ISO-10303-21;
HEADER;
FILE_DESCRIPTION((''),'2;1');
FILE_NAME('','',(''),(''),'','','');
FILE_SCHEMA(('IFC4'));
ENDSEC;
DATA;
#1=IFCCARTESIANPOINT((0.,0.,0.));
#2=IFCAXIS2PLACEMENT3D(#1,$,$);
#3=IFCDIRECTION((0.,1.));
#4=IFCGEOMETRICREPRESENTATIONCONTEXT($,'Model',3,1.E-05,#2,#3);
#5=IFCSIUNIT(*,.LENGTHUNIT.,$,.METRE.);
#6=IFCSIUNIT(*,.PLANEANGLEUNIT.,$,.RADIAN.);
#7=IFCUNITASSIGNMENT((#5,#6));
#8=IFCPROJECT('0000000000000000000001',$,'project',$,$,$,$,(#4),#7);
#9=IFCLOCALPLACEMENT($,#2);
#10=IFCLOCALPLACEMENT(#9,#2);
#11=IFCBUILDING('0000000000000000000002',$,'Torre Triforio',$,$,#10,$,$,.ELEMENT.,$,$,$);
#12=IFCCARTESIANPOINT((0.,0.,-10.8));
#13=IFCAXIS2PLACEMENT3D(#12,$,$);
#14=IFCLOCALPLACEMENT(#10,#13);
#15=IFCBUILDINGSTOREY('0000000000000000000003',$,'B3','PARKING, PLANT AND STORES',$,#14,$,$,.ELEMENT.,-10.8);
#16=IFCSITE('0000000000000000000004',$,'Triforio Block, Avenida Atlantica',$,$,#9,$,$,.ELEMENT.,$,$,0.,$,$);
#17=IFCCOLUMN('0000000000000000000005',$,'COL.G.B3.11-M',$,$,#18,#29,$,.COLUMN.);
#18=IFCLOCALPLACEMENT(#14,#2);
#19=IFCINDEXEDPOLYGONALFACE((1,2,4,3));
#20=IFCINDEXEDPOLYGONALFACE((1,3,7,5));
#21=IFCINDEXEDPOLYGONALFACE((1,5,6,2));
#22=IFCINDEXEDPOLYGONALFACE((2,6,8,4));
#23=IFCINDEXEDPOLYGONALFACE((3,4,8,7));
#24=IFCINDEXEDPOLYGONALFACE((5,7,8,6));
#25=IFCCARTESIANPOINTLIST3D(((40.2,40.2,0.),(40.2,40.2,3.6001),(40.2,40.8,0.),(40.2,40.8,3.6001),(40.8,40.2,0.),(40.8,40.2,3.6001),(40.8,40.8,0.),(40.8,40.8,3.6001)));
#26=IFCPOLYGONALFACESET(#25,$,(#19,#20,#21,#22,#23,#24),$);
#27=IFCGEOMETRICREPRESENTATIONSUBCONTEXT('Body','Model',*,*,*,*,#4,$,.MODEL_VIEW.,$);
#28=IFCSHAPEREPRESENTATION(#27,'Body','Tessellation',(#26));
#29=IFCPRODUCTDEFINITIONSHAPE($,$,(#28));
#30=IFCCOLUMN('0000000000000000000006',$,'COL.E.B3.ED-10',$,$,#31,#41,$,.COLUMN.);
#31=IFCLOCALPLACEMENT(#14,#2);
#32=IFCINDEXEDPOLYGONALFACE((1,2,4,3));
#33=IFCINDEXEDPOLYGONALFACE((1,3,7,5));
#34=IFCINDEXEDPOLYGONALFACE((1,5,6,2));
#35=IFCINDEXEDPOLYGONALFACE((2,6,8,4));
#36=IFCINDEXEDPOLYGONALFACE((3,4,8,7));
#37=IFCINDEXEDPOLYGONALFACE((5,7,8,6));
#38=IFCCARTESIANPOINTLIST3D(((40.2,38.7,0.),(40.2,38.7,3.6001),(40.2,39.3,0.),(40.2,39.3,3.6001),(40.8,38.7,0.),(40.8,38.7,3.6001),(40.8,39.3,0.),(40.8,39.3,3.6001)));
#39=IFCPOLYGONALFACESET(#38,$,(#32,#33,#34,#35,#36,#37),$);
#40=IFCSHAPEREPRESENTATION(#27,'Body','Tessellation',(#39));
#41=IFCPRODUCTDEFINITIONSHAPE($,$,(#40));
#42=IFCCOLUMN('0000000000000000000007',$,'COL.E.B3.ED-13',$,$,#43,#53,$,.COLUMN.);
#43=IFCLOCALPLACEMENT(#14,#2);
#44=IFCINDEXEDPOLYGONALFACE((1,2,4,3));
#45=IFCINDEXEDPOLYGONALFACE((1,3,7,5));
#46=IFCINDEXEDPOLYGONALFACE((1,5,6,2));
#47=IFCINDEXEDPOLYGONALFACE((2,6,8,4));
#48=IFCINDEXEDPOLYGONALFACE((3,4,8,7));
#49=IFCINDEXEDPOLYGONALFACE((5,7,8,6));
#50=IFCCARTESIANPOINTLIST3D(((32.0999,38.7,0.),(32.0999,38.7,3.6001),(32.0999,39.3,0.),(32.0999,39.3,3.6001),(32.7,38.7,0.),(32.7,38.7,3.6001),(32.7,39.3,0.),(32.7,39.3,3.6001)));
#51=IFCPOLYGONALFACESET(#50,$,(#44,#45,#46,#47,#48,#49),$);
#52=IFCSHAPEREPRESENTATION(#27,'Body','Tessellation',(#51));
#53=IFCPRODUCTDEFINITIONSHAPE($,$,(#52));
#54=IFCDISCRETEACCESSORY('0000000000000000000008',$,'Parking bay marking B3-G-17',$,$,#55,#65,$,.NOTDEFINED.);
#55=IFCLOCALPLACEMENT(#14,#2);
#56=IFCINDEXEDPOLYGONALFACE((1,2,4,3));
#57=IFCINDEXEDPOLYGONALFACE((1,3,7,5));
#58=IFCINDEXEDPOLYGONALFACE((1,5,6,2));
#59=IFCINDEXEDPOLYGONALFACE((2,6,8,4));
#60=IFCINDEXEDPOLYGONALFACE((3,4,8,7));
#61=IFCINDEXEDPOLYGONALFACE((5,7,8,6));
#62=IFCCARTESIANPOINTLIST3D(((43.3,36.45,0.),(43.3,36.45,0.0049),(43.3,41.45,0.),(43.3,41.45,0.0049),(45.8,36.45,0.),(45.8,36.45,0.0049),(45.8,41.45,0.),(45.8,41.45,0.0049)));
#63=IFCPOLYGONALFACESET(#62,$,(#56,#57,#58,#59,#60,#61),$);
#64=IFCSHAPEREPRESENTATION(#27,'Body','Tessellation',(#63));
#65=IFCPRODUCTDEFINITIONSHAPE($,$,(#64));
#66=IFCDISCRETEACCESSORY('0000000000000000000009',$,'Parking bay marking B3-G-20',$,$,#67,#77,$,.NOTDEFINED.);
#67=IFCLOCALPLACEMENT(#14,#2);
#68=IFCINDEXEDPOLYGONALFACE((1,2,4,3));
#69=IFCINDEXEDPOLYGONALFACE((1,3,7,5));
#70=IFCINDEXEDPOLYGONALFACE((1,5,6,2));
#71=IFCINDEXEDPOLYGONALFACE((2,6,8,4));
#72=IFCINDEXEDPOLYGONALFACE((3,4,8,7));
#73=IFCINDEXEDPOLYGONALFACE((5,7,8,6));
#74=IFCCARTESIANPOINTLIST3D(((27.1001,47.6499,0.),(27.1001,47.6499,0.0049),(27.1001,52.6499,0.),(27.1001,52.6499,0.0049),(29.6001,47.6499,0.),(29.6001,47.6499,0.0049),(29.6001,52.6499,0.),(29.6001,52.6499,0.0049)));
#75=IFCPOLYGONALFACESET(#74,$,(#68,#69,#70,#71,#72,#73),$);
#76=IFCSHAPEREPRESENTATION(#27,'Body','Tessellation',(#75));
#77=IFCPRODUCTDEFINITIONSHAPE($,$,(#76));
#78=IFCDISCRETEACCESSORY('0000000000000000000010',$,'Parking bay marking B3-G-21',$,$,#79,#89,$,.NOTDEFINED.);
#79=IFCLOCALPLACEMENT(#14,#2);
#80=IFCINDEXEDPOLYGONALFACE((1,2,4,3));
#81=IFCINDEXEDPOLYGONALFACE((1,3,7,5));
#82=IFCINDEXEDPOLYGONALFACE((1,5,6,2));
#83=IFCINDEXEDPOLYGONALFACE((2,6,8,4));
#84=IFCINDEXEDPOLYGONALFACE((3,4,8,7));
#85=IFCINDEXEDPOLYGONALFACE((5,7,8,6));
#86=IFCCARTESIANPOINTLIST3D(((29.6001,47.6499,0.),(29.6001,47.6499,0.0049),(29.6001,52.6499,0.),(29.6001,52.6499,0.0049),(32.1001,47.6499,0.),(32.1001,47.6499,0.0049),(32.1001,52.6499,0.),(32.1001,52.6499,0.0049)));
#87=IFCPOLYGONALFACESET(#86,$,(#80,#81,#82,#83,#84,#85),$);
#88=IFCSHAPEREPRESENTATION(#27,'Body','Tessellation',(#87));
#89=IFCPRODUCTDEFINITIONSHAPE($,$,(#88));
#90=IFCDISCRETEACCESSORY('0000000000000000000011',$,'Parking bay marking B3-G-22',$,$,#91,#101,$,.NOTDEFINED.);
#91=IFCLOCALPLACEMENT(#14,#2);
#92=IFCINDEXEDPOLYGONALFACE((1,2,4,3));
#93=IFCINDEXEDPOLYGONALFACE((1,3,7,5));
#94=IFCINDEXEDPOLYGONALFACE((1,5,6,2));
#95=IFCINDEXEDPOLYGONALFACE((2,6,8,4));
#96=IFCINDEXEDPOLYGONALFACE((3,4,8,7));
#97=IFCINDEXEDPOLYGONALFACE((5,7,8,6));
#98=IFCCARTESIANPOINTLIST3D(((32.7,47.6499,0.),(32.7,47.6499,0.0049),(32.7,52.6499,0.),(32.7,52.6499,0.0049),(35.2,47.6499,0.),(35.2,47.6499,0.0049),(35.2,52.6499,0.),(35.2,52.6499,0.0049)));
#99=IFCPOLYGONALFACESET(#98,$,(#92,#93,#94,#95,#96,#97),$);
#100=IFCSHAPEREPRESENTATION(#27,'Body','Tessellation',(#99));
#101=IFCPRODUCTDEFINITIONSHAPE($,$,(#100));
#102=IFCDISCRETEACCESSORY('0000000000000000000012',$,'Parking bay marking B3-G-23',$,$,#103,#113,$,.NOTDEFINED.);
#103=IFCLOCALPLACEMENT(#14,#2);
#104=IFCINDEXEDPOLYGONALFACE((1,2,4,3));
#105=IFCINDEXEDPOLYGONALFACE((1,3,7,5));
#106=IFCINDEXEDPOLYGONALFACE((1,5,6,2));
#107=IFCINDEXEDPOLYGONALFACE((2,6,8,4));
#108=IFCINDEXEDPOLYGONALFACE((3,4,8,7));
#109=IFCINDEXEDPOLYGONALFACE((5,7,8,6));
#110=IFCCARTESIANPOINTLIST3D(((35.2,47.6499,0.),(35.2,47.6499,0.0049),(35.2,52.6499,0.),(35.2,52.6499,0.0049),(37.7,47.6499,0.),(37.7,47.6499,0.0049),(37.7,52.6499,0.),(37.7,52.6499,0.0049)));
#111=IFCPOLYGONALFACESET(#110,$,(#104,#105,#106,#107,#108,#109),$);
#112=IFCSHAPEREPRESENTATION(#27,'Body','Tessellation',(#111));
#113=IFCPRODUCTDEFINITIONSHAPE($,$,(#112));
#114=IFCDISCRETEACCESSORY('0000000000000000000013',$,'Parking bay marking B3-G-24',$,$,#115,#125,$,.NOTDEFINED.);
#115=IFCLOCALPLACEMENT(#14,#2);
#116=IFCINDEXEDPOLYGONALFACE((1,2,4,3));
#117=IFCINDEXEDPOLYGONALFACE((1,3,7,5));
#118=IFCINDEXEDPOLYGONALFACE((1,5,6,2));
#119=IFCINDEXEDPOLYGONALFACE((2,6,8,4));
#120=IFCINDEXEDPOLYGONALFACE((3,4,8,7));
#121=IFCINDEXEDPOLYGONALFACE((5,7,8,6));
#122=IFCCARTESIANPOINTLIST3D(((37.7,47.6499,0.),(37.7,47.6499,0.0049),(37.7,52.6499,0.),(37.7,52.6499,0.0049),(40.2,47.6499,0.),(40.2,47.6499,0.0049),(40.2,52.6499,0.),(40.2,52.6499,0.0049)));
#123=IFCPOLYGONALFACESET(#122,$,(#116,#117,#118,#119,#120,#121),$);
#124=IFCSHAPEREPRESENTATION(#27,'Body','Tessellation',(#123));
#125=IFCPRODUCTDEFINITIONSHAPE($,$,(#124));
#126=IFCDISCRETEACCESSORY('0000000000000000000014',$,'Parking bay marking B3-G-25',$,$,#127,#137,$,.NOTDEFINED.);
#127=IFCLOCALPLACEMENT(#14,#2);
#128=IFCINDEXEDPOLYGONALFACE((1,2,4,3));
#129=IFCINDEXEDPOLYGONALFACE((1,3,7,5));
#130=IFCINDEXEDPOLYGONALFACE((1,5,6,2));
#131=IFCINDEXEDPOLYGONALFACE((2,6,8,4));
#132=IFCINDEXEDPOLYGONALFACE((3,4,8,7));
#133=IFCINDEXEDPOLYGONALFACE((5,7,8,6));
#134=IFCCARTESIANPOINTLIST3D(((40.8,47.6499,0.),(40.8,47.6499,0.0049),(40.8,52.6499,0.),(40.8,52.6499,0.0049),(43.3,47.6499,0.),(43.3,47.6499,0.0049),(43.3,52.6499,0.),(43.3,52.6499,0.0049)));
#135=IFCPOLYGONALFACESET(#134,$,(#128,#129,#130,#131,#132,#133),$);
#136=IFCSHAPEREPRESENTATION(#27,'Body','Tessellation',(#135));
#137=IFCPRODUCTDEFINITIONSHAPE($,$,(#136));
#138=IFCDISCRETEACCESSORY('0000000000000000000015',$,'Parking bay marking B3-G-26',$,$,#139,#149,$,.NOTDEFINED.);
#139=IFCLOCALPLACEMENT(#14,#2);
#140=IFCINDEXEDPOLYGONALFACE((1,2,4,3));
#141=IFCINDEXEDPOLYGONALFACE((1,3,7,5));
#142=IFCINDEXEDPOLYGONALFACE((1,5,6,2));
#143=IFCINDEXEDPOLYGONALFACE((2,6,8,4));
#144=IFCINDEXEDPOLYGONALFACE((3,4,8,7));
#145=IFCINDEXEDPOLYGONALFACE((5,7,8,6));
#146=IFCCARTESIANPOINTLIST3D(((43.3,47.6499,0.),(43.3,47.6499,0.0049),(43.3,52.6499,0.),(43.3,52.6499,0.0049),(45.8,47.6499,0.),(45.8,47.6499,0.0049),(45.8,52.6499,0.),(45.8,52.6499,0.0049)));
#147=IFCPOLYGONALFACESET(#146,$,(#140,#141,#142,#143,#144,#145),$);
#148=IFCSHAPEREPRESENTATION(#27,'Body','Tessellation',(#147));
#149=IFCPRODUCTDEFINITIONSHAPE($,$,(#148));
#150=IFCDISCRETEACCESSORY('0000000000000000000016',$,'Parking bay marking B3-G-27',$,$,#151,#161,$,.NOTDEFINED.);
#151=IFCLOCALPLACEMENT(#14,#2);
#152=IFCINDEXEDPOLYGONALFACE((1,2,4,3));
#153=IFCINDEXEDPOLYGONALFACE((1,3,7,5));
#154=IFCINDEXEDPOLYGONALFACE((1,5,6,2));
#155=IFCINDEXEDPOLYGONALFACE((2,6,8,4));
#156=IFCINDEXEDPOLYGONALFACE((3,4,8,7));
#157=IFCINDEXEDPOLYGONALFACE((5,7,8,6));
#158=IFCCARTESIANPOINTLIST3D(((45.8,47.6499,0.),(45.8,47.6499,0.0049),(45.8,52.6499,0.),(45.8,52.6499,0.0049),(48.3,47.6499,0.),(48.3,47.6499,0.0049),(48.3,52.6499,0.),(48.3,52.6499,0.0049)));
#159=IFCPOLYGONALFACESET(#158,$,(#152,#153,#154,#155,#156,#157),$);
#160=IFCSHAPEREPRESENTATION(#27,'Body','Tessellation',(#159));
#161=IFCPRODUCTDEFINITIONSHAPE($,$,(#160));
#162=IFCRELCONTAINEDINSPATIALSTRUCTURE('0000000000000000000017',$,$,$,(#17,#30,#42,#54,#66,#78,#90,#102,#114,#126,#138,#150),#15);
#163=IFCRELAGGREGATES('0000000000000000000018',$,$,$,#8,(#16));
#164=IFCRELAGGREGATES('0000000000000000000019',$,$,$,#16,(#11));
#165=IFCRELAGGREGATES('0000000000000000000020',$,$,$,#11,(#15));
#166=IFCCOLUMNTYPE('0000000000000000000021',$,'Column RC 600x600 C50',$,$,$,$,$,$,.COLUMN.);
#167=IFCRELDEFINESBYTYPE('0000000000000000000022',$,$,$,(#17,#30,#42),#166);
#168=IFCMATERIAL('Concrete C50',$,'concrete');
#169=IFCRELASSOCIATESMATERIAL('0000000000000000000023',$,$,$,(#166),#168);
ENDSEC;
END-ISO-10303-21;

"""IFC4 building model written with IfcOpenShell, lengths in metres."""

from ifc_helpers import new_model, si_unit, direction, frame, origin, origin_2d, place, context, subcontext, project, spatial, rectangle, extrude, material, material_profile, profile_set, type_object, element, save


model = new_model("IFC4")

# Units and contexts
model_context = context("Model", 3, precision=1e-05, world=origin(), true_north=direction((0.0, 1.0)))
body_context = subcontext(model_context, "Body", "Model", "MODEL_VIEW")
ifc_project = project(units=[si_unit("LENGTHUNIT", "METRE"), si_unit("PLANEANGLEUNIT", "RADIAN")], contexts=[model_context])

# Site, building, storey
site_placement = place(None, origin())
site = spatial("IfcSite", under=ifc_project, at=site_placement, Name="Triforio Block, Avenida Atlantica", CompositionType="ELEMENT", RefElevation=0.0)
building_placement = place(site_placement, origin())
building = spatial("IfcBuilding", under=site, at=building_placement, Name="Torre Triforio", CompositionType="ELEMENT")
storey_placement = place(building_placement, frame((0.0, 0.0, -10.8)))
storey = spatial("IfcBuildingStorey", under=building, at=storey_placement, Name="B3", Description="PARKING, PLANT AND STORES", CompositionType="ELEMENT", Elevation=-10.8)

# Shared definitions
ifc_material_1 = material(Name="Concrete C50", Category="concrete")

# Columns
ifc_material_profile_1 = material_profile(ifc_material_1, rectangle(XDim=0.6001, YDim=0.6001, at=origin_2d()), Name="RC 600x600")
ifc_profile_set_1 = profile_set([ifc_material_profile_1], Name="Concrete C50")
column_type_1 = type_object("IfcColumnType", Name="Column RC 600x600 C50", PredefinedType="COLUMN", material=ifc_profile_set_1)
for number, where, z_axis, x_axis, name in (
    (1, (40.5, 40.5, 0.0), (0.0, 0.0, 1.0), (1.0, 0.0, 0.0), "COL.G.B3.11-M"),
    (2, (40.5, 39.0, 0.0), (0.0, 0.0, 1.0), (1.0, 0.0, 0.0), "COL.E.B3.ED-10"),
    (3, (32.3999, 39.0, 0.0), (0.0, 0.0, 1.0), (1.0, 0.0, 0.0), "COL.E.B3.ED-13"),
):
    element("IfcColumn", number, at=place(storey_placement, frame(where, z_axis=z_axis, x_axis=x_axis)), inside=storey, type_object=column_type_1, Name=name, PredefinedType="COLUMN", context=body_context, shape_type="SweptSolid", body=[
        extrude(rectangle(XDim=0.6001, YDim=0.6001, at=origin_2d()), origin(), (0.0, 0.0, 1.0), 3.6001),
    ])

# Discrete accessories
for number, where, z_axis, x_axis, name in (
    (4, (44.55, 38.95, 0.0), (0.0, 0.0, 1.0), (1.0, 0.0, 0.0), "Parking bay marking B3-G-17"),
    (5, (28.3501, 50.1499, 0.0), (0.0, 0.0, 1.0), (1.0, 0.0, 0.0), "Parking bay marking B3-G-20"),
    (6, (30.8501, 50.1499, 0.0), (0.0, 0.0, 1.0), (1.0, 0.0, 0.0), "Parking bay marking B3-G-21"),
    (7, (33.95, 50.1499, 0.0), (0.0, 0.0, 1.0), (1.0, 0.0, 0.0), "Parking bay marking B3-G-22"),
    (8, (36.45, 50.1499, 0.0), (0.0, 0.0, 1.0), (1.0, 0.0, 0.0), "Parking bay marking B3-G-23"),
    (9, (38.95, 50.1499, 0.0), (0.0, 0.0, 1.0), (1.0, 0.0, 0.0), "Parking bay marking B3-G-24"),
    (10, (42.05, 50.1499, 0.0), (0.0, 0.0, 1.0), (1.0, 0.0, 0.0), "Parking bay marking B3-G-25"),
    (11, (44.55, 50.1499, 0.0), (0.0, 0.0, 1.0), (1.0, 0.0, 0.0), "Parking bay marking B3-G-26"),
    (12, (47.05, 50.1499, 0.0), (0.0, 0.0, 1.0), (1.0, 0.0, 0.0), "Parking bay marking B3-G-27"),
):
    element("IfcDiscreteAccessory", number, at=place(storey_placement, frame(where, z_axis=z_axis, x_axis=x_axis)), inside=storey, Name=name, PredefinedType="NOTDEFINED", context=body_context, shape_type="SweptSolid", body=[
        extrude(rectangle(XDim=2.5, YDim=5.0, at=origin_2d()), origin(), (0.0, 0.0, 1.0), 0.0049),
    ])

save(model, "model.ifc")
